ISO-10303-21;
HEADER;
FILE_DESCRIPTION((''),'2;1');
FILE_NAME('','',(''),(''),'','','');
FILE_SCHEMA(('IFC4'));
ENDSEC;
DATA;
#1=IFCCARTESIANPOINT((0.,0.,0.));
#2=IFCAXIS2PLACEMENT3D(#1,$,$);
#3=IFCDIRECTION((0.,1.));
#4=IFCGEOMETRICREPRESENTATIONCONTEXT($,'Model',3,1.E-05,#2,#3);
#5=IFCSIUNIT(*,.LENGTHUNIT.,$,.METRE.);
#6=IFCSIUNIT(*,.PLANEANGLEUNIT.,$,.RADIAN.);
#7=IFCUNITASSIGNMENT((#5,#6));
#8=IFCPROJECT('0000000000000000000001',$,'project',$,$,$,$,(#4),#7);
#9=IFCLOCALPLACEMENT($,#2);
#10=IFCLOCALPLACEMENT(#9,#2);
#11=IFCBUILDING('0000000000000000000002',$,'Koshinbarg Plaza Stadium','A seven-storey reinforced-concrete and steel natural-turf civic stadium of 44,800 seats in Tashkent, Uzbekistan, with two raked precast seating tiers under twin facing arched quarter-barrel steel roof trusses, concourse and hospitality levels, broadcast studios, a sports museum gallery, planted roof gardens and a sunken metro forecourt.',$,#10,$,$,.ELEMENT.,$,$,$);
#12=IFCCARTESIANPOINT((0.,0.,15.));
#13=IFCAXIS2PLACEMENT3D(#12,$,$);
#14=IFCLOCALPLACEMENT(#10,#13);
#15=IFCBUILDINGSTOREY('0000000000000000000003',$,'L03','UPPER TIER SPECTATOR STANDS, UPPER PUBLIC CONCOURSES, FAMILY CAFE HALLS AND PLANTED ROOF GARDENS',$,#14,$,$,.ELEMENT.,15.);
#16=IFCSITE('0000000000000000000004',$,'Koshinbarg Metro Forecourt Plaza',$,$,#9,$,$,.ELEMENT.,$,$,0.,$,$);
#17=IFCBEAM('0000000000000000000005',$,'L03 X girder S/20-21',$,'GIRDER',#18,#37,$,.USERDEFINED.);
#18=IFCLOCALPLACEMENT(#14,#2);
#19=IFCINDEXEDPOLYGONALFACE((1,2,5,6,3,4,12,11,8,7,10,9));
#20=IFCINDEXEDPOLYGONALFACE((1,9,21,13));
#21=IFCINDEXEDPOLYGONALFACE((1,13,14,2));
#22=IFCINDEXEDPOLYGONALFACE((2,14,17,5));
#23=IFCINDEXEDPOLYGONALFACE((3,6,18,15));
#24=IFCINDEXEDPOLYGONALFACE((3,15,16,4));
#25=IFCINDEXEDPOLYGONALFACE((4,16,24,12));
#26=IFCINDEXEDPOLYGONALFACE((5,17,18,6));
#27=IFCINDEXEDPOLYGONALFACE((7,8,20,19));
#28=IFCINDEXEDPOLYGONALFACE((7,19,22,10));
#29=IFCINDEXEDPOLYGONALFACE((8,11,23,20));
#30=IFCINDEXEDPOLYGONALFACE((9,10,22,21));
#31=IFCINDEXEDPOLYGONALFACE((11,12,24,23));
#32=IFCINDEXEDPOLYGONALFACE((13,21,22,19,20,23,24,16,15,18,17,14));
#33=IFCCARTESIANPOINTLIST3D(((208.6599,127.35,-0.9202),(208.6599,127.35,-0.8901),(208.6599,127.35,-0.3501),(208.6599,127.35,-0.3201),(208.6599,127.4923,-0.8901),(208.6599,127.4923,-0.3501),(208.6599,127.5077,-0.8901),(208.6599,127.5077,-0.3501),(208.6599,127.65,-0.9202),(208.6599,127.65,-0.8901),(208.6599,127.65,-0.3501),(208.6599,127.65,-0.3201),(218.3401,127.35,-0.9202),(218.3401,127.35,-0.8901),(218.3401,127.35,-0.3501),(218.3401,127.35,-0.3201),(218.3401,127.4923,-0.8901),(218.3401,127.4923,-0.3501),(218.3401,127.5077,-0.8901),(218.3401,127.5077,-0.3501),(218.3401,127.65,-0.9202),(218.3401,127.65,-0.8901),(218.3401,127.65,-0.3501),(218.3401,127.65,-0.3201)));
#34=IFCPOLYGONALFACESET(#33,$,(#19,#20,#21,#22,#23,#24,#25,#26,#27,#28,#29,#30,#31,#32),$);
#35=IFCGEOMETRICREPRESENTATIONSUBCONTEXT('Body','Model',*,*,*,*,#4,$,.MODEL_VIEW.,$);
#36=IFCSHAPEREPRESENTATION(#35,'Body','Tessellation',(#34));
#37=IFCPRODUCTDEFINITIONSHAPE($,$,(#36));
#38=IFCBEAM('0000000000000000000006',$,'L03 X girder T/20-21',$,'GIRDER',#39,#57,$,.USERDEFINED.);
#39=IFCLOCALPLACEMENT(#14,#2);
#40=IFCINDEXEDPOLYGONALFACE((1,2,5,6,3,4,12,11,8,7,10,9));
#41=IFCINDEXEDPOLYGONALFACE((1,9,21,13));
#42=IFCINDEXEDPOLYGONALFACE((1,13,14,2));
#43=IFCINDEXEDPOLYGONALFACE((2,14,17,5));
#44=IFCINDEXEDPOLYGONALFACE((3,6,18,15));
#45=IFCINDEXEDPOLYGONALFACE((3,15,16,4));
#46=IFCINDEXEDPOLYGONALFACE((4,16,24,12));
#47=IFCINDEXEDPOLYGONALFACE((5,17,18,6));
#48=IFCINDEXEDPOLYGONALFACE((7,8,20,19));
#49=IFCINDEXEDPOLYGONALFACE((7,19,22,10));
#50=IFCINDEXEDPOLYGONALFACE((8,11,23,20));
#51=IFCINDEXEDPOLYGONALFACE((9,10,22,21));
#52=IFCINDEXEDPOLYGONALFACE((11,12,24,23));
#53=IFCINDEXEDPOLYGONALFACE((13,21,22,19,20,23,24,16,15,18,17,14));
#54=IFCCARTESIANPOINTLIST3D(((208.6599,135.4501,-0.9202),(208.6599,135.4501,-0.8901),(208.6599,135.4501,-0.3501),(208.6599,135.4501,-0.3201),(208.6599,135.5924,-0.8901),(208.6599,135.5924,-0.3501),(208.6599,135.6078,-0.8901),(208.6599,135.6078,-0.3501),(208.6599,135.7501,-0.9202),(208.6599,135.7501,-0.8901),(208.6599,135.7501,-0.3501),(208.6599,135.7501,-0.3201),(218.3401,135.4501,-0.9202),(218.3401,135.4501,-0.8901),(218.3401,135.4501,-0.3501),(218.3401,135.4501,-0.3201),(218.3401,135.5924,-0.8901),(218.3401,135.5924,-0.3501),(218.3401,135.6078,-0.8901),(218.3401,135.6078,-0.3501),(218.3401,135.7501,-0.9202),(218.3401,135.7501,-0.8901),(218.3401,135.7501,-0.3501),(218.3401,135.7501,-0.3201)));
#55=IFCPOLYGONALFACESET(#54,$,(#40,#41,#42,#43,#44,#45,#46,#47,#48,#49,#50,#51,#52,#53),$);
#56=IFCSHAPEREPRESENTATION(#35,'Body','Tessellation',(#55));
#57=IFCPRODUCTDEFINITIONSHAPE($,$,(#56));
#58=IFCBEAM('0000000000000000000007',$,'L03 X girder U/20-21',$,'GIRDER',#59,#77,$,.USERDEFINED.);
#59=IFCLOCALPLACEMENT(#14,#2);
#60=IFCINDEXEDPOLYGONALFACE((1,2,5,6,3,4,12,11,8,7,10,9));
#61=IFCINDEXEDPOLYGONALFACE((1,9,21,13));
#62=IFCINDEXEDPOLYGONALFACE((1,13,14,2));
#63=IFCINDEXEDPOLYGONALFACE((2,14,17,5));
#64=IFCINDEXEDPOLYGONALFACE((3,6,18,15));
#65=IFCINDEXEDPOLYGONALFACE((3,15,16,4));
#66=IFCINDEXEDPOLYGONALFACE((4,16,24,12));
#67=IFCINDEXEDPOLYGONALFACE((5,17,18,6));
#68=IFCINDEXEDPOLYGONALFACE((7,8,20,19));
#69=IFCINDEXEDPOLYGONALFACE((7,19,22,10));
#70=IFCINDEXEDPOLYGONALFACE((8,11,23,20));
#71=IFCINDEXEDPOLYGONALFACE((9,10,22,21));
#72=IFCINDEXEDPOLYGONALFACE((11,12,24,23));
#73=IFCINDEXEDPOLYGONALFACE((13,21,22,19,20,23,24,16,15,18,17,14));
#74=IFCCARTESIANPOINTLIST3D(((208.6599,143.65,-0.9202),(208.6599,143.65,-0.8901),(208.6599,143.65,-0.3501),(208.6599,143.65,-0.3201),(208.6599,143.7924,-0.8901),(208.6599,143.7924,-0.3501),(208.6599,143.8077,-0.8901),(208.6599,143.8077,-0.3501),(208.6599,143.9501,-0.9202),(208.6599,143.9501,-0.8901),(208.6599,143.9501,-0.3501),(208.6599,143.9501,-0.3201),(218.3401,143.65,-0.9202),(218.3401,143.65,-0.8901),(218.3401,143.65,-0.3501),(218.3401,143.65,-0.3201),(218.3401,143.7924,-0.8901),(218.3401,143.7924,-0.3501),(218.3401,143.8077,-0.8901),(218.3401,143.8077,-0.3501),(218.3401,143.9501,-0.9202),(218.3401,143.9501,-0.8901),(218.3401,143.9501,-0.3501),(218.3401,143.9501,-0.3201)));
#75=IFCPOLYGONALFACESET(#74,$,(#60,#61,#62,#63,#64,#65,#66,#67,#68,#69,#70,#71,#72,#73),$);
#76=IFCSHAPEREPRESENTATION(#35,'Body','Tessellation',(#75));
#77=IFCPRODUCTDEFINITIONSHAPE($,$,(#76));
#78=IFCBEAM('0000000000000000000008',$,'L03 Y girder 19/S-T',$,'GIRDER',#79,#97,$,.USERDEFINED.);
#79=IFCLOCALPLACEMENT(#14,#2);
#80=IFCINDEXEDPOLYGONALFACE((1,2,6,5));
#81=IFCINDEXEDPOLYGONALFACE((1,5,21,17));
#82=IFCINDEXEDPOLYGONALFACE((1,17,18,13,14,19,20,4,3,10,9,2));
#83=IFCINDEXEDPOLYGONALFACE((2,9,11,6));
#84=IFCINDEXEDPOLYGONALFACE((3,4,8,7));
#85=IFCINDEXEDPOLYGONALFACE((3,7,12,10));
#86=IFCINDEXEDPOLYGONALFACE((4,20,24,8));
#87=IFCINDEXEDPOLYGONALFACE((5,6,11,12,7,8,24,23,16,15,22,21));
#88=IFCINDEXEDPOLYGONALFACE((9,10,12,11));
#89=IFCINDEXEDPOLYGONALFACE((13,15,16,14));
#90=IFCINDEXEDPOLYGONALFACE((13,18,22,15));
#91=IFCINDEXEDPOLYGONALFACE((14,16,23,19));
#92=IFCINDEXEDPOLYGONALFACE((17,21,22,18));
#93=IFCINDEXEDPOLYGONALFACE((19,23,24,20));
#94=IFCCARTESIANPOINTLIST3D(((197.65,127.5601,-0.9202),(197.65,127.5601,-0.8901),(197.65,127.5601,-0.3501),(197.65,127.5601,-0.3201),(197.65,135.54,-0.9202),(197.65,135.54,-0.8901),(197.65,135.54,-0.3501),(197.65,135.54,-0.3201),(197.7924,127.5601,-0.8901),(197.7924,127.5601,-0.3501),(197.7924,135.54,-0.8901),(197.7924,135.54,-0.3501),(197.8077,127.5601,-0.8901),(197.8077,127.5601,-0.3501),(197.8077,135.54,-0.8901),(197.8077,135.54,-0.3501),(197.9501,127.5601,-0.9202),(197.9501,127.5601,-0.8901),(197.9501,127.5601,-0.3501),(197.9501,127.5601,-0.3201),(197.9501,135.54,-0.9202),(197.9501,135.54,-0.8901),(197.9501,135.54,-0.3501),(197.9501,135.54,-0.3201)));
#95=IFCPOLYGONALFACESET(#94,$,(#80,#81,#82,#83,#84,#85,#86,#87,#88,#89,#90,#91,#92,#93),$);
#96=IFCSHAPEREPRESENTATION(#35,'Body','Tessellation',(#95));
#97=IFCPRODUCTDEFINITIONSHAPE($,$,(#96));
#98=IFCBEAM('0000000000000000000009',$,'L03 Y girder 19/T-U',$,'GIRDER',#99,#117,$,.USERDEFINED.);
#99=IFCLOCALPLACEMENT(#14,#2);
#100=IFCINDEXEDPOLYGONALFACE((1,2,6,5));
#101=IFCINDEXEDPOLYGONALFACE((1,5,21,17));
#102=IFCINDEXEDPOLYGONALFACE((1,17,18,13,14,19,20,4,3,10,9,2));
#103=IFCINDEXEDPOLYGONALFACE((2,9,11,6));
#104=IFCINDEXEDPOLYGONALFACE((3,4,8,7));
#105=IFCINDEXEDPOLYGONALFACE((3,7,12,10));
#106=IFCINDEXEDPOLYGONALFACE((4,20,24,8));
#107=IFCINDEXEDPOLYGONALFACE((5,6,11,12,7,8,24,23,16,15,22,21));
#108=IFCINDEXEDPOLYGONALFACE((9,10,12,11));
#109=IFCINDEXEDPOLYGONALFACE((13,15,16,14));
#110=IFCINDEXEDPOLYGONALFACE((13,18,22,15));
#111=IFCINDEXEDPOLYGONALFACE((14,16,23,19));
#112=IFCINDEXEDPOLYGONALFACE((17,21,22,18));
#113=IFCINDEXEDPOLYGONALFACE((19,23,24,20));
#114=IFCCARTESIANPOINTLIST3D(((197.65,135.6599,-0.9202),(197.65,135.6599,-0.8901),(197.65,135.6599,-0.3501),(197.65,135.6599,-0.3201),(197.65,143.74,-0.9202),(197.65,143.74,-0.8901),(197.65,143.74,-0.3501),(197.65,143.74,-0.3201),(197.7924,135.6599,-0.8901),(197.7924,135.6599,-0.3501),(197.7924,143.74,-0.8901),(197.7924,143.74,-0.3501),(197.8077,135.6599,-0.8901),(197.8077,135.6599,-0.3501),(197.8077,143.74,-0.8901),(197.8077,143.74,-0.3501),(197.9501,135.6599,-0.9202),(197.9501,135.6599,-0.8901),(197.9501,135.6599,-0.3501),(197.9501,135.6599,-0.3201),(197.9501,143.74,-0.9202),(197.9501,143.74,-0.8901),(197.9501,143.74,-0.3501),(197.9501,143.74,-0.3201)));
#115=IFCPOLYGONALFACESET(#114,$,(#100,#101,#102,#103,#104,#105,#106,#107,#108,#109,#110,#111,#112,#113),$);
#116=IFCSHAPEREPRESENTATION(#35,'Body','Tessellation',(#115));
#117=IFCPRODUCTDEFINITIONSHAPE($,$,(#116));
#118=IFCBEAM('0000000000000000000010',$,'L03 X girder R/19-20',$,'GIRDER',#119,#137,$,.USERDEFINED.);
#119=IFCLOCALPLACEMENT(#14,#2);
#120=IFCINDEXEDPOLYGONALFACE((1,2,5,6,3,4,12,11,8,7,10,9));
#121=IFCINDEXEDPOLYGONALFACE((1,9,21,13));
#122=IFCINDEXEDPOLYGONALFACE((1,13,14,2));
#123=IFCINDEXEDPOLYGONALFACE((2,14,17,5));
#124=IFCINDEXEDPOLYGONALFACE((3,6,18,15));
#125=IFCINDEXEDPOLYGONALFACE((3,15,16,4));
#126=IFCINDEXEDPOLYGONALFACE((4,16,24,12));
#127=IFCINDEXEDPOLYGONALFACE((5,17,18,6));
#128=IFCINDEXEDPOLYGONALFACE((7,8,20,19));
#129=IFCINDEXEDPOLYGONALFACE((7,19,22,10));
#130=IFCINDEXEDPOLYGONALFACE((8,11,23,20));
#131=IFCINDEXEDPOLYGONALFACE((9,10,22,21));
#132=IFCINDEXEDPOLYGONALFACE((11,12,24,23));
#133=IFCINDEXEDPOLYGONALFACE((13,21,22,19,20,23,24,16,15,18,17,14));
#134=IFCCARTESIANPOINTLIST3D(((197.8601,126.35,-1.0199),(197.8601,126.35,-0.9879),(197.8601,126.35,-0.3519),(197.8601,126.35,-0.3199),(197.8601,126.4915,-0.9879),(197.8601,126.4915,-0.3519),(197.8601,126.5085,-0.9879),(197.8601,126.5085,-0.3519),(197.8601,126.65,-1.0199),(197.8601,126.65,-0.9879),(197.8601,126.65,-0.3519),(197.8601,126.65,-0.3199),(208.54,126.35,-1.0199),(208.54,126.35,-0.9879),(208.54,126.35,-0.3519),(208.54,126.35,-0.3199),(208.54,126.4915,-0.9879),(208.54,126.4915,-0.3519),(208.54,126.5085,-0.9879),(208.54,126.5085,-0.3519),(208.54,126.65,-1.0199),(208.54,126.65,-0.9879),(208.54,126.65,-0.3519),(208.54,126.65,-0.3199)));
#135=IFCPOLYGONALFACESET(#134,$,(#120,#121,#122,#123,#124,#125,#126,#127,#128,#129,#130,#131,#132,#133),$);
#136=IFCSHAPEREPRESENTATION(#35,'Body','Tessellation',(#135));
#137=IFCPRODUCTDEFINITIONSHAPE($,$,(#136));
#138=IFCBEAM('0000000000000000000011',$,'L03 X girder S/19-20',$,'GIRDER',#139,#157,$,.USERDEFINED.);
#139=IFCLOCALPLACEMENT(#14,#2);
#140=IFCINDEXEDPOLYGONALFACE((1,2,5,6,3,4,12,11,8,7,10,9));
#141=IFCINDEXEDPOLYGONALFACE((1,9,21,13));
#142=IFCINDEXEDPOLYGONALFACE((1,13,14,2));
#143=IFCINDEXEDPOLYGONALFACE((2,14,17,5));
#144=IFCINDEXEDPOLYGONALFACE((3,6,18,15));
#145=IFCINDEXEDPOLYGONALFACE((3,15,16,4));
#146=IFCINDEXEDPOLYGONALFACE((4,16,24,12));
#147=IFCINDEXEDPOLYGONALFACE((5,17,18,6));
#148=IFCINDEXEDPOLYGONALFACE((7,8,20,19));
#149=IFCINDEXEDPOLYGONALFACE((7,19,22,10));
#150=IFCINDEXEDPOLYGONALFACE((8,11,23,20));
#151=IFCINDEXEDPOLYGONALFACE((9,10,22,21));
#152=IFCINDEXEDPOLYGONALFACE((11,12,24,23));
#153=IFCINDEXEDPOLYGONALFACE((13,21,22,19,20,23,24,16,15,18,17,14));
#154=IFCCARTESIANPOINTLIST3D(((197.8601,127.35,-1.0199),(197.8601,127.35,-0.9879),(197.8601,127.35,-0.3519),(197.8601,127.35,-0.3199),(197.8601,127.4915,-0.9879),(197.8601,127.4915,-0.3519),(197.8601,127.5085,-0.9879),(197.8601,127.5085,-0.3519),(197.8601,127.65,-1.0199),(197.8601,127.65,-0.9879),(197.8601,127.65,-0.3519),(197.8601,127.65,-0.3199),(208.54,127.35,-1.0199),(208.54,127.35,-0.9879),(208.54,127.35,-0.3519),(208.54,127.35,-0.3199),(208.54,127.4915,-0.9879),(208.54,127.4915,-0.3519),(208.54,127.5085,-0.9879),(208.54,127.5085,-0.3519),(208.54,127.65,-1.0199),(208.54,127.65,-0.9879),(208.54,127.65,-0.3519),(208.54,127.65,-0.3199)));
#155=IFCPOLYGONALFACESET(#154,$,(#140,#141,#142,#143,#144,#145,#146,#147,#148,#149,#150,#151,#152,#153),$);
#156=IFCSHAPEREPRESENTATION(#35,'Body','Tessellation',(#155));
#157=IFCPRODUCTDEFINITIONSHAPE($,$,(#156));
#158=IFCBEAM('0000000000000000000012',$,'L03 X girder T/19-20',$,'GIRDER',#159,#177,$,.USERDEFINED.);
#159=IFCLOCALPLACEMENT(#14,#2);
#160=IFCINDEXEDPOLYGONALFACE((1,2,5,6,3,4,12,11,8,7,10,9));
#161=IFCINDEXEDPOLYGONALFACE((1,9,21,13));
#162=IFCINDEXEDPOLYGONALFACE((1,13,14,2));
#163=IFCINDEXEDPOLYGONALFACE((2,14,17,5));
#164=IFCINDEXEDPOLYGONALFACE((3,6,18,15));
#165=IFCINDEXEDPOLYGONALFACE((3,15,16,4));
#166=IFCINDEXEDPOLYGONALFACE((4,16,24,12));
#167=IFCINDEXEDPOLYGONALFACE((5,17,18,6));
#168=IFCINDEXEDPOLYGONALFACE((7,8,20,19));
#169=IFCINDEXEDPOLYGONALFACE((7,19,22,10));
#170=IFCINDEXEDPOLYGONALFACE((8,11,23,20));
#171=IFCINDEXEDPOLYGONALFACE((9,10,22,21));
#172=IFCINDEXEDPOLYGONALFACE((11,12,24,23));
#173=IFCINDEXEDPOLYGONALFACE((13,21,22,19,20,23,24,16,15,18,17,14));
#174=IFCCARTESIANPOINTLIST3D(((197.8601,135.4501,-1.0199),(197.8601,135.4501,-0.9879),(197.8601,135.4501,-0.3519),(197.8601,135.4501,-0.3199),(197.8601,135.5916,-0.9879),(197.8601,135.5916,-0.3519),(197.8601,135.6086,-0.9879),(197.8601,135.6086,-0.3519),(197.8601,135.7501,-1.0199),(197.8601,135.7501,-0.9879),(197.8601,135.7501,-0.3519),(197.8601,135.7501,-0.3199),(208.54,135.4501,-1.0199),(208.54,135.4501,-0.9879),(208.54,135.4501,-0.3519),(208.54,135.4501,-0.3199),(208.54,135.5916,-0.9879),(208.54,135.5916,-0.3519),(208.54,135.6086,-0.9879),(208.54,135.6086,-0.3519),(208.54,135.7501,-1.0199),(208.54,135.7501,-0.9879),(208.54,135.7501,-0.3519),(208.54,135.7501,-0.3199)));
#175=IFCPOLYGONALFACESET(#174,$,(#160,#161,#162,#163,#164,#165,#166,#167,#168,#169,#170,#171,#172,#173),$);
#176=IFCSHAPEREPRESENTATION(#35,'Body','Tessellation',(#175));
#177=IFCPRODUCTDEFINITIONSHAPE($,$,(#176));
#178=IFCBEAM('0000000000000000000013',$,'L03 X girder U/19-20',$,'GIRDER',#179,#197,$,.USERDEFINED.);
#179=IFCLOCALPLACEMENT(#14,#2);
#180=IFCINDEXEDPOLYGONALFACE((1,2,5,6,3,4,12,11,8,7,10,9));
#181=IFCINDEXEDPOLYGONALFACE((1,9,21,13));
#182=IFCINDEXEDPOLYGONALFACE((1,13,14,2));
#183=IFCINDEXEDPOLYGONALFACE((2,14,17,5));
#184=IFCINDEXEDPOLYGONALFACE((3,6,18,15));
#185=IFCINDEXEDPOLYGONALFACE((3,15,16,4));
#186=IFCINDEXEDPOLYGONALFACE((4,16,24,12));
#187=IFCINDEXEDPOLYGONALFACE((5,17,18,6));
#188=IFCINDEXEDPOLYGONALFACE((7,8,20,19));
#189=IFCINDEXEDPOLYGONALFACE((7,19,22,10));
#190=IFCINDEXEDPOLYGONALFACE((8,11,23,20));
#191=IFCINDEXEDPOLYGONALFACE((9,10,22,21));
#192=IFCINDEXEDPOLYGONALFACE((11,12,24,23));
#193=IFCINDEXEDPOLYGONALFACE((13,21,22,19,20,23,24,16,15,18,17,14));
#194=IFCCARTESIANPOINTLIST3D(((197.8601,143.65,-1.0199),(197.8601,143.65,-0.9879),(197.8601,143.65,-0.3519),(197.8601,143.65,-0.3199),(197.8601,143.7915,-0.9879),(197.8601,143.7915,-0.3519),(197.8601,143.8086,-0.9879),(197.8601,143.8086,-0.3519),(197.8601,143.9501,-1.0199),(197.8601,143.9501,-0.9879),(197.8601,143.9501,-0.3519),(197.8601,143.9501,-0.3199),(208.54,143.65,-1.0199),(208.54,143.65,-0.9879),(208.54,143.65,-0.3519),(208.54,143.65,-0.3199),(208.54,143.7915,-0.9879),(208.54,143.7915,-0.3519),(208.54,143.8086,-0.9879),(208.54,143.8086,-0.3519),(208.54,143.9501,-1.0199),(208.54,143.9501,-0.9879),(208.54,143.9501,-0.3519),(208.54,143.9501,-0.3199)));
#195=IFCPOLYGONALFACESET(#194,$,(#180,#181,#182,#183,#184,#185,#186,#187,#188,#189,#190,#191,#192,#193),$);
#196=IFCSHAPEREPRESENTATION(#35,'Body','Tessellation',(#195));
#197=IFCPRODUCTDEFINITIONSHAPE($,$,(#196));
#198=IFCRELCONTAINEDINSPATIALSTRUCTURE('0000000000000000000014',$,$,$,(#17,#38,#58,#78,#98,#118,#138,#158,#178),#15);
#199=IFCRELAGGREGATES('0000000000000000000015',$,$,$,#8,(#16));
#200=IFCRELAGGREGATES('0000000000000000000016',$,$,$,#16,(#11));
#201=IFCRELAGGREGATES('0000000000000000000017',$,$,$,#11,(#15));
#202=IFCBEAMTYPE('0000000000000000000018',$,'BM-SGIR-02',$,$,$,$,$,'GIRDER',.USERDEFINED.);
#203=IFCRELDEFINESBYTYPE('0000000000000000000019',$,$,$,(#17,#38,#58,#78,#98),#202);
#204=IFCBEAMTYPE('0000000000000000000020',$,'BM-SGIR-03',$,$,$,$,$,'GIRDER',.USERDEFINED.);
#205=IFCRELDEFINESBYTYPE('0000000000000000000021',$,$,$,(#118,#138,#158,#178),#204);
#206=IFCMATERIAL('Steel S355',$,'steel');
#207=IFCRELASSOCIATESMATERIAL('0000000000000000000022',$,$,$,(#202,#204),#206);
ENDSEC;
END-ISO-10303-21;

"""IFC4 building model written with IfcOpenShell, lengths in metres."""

from ifc_helpers import new_model, si_unit, direction, frame, origin, origin_2d, place, context, subcontext, project, spatial, i_section, extrude, material, material_profile, profile_set, type_object, element, save


model = new_model("IFC4")

# Units and contexts
model_context = context("Model", 3, precision=1e-05, world=origin(), true_north=direction((0.0, 1.0)))
body_context = subcontext(model_context, "Body", "Model", "MODEL_VIEW")
ifc_project = project(units=[si_unit("LENGTHUNIT", "METRE"), si_unit("PLANEANGLEUNIT", "RADIAN")], contexts=[model_context])

# Site, building, storey
site_placement = place(None, origin())
site = spatial("IfcSite", under=ifc_project, at=site_placement, Name="Koshinbarg Metro Forecourt Plaza", CompositionType="ELEMENT", RefElevation=0.0)
building_placement = place(site_placement, origin())
building = spatial("IfcBuilding", under=site, at=building_placement, Name="Koshinbarg Plaza Stadium", Description="A seven-storey reinforced-concrete and steel natural-turf civic stadium of 44,800 seats in Tashkent, Uzbekistan, with two raked precast seating tiers under twin facing arched quarter-barrel steel roof trusses, concourse and hospitality levels, broadcast studios, a sports museum gallery, planted roof gardens and a sunken metro forecourt.", CompositionType="ELEMENT")
storey_placement = place(building_placement, frame((0.0, 0.0, 15.0)))
storey = spatial("IfcBuildingStorey", under=building, at=storey_placement, Name="L03", Description="UPPER TIER SPECTATOR STANDS, UPPER PUBLIC CONCOURSES, FAMILY CAFE HALLS AND PLANTED ROOF GARDENS", CompositionType="ELEMENT", Elevation=15.0)

# Shared definitions
ifc_material_1 = material(Name="Steel S355", Category="steel")

# Beams
ifc_material_profile_1 = material_profile(ifc_material_1, i_section(OverallWidth=0.3, OverallDepth=0.6001, WebThickness=0.0154, FlangeThickness=0.03, at=origin_2d()), Name="HEB 600")
ifc_profile_set_1 = profile_set([ifc_material_profile_1], Name="Steel S355")
beam_type_1 = type_object("IfcBeamType", Name="BM-SGIR-02", ElementType="GIRDER", PredefinedType="USERDEFINED", material=ifc_profile_set_1)
for number, where, z_axis, x_axis, name in (
    (1, (208.6599, 127.5, -0.6201), (1.0, 0.0, 0.0), (0.0, 1.0, 0.0), "L03 X girder S/20-21"),
    (2, (208.6599, 135.6001, -0.6201), (1.0, 0.0, 0.0), (0.0, 1.0, 0.0), "L03 X girder T/20-21"),
    (3, (208.6599, 143.8, -0.6201), (1.0, 0.0, 0.0), (0.0, 1.0, 0.0), "L03 X girder U/20-21"),
):
    element("IfcBeam", number, at=place(storey_placement, frame(where, z_axis=z_axis, x_axis=x_axis)), inside=storey, type_object=beam_type_1, Name=name, ObjectType="GIRDER", PredefinedType="USERDEFINED", context=body_context, shape_type="SweptSolid", body=[
        extrude(i_section(OverallWidth=0.3, OverallDepth=0.6001, WebThickness=0.0154, FlangeThickness=0.03, at=origin_2d()), origin(), (0.0, 0.0, 1.0), 9.6802),
    ])
beam_1_placement = place(storey_placement, frame((197.8, 127.5601, -0.6201), z_axis=(0.0, 1.0, 0.0), x_axis=(-1.0, 0.0, 0.0)))
element("IfcBeam", 4, at=beam_1_placement, inside=storey, type_object=beam_type_1, Name="L03 Y girder 19/S-T", ObjectType="GIRDER", PredefinedType="USERDEFINED", context=body_context, shape_type="SweptSolid", body=[
    extrude(i_section(OverallWidth=0.3, OverallDepth=0.6001, WebThickness=0.0154, FlangeThickness=0.03, at=origin_2d()), origin(), (0.0, 0.0, 1.0), 7.98),
])
beam_2_placement = place(storey_placement, frame((197.8, 135.6599, -0.6201), z_axis=(0.0, 1.0, 0.0), x_axis=(-1.0, 0.0, 0.0)))
element("IfcBeam", 5, at=beam_2_placement, inside=storey, type_object=beam_type_1, Name="L03 Y girder 19/T-U", ObjectType="GIRDER", PredefinedType="USERDEFINED", context=body_context, shape_type="SweptSolid", body=[
    extrude(i_section(OverallWidth=0.3, OverallDepth=0.6001, WebThickness=0.0154, FlangeThickness=0.03, at=origin_2d()), origin(), (0.0, 0.0, 1.0), 8.0801),
])
ifc_material_profile_2 = material_profile(ifc_material_1, i_section(OverallWidth=0.3, OverallDepth=0.7, WebThickness=0.0171, FlangeThickness=0.032, at=origin_2d()), Name="HEB 700")
ifc_profile_set_2 = profile_set([ifc_material_profile_2], Name="Steel S355")
beam_type_2 = type_object("IfcBeamType", Name="BM-SGIR-03", ElementType="GIRDER", PredefinedType="USERDEFINED", material=ifc_profile_set_2)
for number, where, z_axis, x_axis, name in (
    (6, (197.8601, 126.5, -0.6699), (1.0, 0.0, 0.0), (0.0, 1.0, 0.0), "L03 X girder R/19-20"),
    (7, (197.8601, 127.5, -0.6699), (1.0, 0.0, 0.0), (0.0, 1.0, 0.0), "L03 X girder S/19-20"),
    (8, (197.8601, 135.6001, -0.6699), (1.0, 0.0, 0.0), (0.0, 1.0, 0.0), "L03 X girder T/19-20"),
    (9, (197.8601, 143.8, -0.6699), (1.0, 0.0, 0.0), (0.0, 1.0, 0.0), "L03 X girder U/19-20"),
):
    element("IfcBeam", number, at=place(storey_placement, frame(where, z_axis=z_axis, x_axis=x_axis)), inside=storey, type_object=beam_type_2, Name=name, ObjectType="GIRDER", PredefinedType="USERDEFINED", context=body_context, shape_type="SweptSolid", body=[
        extrude(i_section(OverallWidth=0.3, OverallDepth=0.7, WebThickness=0.0171, FlangeThickness=0.032, at=origin_2d()), origin(), (0.0, 0.0, 1.0), 10.6799),
    ])

save(model, "model.ifc")
